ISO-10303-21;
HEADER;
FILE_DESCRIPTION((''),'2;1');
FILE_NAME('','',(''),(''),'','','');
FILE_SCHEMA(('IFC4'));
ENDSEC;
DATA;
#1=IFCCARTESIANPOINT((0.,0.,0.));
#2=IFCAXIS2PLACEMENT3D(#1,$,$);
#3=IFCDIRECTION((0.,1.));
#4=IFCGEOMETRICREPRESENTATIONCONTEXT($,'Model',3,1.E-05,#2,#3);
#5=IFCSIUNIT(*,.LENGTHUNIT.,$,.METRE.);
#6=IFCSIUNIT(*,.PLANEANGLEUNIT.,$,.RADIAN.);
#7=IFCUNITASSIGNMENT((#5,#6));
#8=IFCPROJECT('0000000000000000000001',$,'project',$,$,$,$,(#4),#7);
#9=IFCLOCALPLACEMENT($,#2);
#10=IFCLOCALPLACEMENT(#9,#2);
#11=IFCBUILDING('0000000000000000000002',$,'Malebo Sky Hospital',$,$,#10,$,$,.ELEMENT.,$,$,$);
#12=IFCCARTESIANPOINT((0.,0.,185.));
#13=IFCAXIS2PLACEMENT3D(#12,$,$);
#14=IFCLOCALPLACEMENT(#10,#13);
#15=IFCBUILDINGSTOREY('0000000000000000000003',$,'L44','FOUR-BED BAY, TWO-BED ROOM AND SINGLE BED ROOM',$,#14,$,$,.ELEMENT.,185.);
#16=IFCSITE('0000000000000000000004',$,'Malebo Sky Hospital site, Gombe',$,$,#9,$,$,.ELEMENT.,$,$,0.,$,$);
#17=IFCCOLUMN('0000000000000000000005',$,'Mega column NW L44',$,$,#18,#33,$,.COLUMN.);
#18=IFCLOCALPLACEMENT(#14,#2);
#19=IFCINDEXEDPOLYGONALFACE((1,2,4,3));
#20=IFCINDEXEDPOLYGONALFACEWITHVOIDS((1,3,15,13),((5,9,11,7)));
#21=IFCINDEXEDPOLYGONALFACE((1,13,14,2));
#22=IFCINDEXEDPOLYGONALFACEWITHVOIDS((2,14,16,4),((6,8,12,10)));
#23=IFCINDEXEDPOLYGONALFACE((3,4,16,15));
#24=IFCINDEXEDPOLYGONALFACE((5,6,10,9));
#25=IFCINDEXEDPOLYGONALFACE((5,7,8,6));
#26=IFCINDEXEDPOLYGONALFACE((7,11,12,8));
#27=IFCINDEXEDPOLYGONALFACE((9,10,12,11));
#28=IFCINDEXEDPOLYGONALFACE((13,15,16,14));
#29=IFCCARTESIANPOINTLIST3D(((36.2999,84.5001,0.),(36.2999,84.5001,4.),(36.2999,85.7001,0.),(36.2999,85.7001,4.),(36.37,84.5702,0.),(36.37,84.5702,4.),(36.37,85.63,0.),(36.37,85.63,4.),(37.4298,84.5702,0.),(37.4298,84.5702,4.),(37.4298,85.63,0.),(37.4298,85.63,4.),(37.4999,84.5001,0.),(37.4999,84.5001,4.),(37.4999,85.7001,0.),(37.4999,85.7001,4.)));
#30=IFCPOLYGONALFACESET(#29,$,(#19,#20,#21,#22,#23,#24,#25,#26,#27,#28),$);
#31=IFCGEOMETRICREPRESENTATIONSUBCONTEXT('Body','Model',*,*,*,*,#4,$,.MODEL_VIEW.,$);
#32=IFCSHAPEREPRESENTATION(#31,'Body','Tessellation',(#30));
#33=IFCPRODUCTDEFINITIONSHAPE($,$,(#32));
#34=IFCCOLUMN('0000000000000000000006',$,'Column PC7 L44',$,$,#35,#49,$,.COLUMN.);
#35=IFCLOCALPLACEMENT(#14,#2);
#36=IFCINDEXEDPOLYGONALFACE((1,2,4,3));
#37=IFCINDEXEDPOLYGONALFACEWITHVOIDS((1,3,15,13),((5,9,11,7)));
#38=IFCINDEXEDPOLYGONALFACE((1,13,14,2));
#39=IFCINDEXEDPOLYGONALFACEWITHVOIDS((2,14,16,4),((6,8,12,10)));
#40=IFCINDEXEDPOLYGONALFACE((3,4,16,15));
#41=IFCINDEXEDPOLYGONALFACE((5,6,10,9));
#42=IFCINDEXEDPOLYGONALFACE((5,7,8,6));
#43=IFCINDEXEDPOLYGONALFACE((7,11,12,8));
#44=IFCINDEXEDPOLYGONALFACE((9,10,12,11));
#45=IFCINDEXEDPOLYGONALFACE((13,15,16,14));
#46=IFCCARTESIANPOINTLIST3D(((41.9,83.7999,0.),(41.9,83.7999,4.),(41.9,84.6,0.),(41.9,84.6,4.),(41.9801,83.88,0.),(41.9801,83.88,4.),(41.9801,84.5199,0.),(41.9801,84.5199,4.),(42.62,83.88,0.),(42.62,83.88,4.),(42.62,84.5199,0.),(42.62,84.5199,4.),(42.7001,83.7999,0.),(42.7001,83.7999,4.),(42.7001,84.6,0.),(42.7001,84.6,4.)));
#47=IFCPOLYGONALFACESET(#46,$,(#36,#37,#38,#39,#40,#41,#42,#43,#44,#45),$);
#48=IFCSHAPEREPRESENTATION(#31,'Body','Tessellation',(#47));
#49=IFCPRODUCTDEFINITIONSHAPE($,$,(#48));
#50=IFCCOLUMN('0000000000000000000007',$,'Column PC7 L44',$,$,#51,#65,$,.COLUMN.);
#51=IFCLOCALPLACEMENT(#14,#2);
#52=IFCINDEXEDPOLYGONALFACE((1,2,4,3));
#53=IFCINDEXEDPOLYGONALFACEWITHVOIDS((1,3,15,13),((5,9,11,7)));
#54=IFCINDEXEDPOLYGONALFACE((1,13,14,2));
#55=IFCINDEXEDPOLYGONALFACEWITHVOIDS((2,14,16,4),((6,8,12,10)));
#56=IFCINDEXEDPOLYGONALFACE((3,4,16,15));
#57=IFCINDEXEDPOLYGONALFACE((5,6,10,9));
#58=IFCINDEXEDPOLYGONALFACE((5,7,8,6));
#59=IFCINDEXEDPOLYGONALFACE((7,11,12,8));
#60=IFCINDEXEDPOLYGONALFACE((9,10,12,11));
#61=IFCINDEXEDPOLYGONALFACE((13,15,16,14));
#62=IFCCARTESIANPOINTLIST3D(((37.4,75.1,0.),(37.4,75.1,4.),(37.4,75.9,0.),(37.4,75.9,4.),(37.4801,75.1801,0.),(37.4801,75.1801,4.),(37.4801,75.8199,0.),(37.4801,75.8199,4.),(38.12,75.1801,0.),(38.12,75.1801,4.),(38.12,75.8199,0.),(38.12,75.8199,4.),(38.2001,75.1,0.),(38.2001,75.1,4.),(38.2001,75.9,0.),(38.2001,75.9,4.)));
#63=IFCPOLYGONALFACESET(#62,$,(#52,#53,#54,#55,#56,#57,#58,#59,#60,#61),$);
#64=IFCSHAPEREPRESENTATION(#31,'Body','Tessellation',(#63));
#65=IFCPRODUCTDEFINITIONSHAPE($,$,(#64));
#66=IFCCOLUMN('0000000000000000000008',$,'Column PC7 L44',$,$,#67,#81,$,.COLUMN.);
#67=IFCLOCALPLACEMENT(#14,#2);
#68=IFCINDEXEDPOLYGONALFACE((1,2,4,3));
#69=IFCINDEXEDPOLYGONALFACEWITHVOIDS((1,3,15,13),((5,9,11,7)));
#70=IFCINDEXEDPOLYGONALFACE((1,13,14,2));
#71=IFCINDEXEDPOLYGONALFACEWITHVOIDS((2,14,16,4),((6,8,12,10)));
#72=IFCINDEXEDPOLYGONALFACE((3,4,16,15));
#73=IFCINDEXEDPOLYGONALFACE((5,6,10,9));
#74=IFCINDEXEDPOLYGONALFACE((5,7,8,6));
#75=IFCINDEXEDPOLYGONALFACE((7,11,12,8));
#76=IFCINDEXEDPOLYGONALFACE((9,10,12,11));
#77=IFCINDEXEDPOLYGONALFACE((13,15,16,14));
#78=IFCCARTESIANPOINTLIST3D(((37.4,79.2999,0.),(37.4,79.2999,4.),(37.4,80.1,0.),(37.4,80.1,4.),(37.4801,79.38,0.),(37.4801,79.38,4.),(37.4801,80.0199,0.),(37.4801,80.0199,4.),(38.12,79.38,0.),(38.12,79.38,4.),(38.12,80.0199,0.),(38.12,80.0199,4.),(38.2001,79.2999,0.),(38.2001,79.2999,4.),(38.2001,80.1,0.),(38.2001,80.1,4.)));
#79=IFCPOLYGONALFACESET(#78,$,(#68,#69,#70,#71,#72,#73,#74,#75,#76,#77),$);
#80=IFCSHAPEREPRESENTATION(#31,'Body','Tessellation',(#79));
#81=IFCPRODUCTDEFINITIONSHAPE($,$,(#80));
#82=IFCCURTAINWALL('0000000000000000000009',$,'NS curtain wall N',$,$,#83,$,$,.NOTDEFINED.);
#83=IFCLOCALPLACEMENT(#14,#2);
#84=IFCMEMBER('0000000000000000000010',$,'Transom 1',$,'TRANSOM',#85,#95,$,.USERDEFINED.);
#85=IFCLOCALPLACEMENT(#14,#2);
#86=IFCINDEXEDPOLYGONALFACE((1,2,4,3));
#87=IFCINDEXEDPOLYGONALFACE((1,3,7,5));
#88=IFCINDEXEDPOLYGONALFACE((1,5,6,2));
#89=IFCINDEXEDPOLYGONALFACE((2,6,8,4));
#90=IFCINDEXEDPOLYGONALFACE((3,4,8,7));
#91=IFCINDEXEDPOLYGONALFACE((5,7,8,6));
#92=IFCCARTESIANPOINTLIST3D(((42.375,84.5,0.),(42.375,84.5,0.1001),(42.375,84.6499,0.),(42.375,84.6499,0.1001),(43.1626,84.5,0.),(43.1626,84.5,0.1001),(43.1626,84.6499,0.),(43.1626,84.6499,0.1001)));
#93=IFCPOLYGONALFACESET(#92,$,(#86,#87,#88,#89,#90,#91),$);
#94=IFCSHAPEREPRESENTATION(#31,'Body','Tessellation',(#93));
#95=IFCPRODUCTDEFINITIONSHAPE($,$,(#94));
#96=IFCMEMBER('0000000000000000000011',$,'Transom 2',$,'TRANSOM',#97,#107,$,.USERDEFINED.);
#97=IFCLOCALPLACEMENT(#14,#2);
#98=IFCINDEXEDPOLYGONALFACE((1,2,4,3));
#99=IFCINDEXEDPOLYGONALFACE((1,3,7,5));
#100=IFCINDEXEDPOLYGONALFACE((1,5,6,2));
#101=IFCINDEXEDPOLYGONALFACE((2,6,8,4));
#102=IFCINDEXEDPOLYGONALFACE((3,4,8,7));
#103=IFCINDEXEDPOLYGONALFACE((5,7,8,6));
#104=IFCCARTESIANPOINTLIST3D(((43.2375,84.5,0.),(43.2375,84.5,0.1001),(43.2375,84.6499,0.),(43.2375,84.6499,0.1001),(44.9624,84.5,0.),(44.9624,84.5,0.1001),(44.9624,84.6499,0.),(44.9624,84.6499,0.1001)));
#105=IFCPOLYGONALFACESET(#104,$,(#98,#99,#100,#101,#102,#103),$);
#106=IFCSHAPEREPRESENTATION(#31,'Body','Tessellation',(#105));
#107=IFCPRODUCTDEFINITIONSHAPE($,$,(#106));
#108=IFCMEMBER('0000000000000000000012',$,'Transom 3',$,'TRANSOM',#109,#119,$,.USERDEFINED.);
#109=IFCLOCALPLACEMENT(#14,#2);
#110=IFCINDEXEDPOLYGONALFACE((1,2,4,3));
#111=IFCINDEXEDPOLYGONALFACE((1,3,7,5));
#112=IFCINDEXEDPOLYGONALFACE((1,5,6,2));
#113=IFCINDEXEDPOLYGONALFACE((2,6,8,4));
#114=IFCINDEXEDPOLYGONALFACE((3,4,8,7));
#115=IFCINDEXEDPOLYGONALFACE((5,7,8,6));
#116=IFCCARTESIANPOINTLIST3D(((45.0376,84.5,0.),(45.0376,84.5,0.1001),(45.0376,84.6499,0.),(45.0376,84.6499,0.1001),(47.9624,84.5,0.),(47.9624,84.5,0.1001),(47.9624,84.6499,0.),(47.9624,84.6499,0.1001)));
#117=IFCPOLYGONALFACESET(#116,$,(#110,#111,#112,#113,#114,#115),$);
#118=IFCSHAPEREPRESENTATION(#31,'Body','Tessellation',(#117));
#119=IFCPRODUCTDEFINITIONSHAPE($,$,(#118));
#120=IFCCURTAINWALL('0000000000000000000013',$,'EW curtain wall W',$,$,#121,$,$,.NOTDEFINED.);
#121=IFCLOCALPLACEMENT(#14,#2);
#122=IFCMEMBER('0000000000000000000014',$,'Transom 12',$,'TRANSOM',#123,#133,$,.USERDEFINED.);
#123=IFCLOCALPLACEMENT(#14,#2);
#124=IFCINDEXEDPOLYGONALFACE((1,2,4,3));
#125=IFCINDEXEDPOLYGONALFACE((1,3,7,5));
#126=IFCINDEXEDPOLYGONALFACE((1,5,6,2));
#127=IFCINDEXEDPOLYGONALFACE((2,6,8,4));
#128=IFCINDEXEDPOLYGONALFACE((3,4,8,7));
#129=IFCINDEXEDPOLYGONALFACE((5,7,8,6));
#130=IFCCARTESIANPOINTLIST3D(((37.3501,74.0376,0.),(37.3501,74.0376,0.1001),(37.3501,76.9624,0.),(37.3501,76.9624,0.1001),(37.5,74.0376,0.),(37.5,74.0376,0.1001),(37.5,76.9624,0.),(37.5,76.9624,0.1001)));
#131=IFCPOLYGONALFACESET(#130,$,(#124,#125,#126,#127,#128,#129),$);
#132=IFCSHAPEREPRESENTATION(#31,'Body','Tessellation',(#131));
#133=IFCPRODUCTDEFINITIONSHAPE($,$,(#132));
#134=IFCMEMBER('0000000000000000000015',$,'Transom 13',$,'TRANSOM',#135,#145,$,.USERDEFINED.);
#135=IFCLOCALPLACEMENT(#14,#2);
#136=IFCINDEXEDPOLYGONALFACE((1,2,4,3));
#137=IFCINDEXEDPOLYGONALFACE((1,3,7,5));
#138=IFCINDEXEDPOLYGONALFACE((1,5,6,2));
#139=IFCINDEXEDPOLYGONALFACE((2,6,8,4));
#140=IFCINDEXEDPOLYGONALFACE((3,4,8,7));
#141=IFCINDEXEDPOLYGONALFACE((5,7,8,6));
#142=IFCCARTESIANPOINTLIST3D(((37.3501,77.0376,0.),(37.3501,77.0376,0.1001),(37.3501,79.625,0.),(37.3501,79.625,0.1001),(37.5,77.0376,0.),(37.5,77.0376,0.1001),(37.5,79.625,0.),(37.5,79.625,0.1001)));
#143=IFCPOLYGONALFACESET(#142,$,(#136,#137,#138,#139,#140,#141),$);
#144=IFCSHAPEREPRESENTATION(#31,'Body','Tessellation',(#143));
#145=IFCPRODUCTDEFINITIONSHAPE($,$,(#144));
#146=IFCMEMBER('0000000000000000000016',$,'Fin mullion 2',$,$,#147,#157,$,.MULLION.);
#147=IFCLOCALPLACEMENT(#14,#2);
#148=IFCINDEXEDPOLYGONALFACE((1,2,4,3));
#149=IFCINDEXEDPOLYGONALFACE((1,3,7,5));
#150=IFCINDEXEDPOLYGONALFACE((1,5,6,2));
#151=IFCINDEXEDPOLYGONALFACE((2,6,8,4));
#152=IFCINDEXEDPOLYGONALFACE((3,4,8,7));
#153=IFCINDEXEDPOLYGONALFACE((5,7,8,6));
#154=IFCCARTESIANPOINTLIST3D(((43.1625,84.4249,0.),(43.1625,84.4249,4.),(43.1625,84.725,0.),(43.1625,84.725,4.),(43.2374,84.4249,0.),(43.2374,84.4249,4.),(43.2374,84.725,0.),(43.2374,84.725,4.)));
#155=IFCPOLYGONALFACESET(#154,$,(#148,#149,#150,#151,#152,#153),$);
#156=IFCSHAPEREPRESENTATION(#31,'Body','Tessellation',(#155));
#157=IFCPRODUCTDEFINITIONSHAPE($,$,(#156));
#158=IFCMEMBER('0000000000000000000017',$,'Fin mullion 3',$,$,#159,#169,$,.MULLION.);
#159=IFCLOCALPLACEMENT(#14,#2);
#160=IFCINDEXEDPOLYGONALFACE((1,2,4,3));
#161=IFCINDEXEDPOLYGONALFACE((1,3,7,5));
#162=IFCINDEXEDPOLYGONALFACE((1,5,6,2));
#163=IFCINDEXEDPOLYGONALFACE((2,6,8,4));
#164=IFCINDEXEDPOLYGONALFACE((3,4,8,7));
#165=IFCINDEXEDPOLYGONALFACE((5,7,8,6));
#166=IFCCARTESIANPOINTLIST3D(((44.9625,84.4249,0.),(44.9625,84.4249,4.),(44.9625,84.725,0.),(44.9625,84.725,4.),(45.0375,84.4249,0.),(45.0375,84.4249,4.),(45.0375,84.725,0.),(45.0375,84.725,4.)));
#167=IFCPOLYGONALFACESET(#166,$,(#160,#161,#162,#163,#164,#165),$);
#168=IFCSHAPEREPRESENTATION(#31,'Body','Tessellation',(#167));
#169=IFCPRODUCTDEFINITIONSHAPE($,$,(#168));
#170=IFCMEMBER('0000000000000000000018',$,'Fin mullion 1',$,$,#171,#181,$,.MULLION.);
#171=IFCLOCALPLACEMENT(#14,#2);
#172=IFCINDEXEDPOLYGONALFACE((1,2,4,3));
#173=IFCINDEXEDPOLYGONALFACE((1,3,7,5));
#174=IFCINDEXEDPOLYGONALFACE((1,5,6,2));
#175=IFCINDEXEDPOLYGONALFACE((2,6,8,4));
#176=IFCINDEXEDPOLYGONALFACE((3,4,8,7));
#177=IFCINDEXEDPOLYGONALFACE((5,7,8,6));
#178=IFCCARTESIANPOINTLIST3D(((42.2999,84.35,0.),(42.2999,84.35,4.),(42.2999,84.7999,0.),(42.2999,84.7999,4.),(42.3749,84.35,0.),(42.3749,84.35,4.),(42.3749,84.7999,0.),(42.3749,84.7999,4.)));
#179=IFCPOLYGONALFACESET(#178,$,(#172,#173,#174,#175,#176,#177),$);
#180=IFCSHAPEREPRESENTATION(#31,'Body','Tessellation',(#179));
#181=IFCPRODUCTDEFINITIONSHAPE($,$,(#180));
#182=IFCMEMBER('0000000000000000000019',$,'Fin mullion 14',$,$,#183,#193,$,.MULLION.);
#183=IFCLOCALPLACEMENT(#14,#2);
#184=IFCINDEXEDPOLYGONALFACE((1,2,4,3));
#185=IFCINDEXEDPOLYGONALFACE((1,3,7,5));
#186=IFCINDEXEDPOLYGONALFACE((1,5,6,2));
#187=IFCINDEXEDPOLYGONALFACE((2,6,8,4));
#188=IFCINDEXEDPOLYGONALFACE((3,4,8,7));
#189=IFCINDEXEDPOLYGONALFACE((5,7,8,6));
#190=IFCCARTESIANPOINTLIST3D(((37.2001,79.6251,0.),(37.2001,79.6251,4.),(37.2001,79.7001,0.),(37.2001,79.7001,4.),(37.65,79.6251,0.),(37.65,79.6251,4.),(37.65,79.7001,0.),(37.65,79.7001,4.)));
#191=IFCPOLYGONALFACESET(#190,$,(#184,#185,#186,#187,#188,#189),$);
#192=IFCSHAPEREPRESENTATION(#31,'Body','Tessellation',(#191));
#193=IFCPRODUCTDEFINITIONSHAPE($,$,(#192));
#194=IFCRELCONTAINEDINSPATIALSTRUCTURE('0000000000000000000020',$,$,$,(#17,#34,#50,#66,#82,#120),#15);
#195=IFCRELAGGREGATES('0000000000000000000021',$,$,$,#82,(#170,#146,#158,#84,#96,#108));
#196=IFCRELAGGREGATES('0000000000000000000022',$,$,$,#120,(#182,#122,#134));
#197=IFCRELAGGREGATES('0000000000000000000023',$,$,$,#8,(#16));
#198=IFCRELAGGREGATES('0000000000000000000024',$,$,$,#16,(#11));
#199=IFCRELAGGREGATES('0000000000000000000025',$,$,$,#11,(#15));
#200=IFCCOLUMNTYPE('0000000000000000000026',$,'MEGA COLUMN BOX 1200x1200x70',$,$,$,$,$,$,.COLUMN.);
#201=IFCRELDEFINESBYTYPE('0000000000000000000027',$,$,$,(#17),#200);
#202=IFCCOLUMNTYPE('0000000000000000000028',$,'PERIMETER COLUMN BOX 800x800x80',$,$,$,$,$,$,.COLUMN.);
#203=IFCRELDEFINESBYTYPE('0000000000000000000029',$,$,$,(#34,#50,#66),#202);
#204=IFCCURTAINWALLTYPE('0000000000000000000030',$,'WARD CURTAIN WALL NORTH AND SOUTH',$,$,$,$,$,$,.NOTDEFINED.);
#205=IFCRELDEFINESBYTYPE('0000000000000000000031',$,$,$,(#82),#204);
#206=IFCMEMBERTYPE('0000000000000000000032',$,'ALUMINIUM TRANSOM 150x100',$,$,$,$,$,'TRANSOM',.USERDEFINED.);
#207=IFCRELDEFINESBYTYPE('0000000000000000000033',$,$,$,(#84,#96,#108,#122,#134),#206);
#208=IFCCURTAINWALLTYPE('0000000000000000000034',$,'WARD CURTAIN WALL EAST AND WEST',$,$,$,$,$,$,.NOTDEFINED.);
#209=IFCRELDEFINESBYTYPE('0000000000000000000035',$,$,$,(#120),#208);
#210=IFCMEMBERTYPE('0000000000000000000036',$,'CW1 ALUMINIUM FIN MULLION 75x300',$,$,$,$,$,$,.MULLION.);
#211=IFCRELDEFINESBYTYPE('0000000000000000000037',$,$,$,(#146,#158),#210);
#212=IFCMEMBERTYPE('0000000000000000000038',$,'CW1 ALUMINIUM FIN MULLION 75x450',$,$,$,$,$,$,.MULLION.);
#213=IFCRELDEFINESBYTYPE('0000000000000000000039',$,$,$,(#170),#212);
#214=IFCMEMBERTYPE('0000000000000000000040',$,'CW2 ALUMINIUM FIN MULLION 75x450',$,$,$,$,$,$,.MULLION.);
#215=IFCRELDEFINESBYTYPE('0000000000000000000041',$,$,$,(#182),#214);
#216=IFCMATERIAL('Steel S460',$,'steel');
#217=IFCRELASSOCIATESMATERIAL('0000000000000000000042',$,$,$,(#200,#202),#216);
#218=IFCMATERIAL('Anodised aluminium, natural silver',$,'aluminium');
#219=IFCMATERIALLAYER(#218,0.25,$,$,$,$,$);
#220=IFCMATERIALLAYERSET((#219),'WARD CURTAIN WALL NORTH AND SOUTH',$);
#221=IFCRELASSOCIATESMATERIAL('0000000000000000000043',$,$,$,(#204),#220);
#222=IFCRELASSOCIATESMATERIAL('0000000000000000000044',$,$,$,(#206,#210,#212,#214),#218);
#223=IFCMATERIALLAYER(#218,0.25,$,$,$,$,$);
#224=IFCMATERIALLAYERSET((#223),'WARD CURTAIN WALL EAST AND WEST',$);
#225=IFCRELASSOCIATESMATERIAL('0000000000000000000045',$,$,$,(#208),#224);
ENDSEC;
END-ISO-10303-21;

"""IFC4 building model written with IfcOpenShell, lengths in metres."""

from ifc_helpers import new_model, si_unit, direction, frame, origin, origin_2d, place, context, subcontext, project, spatial, rectangle, hollow_rectangle, extrude, material, layer, layer_set, material_profile, profile_set, type_object, element, aggregate, save


model = new_model("IFC4")

# Units and contexts
model_context = context("Model", 3, precision=1e-05, world=origin(), true_north=direction((0.0, 1.0)))
body_context = subcontext(model_context, "Body", "Model", "MODEL_VIEW")
ifc_project = project(units=[si_unit("LENGTHUNIT", "METRE"), si_unit("PLANEANGLEUNIT", "RADIAN")], contexts=[model_context])

# Site, building, storey
site_placement = place(None, origin())
site = spatial("IfcSite", under=ifc_project, at=site_placement, Name="Malebo Sky Hospital site, Gombe", CompositionType="ELEMENT", RefElevation=0.0)
building_placement = place(site_placement, origin())
building = spatial("IfcBuilding", under=site, at=building_placement, Name="Malebo Sky Hospital", CompositionType="ELEMENT")
storey_placement = place(building_placement, frame((0.0, 0.0, 185.0)))
storey = spatial("IfcBuildingStorey", under=building, at=storey_placement, Name="L44", Description="FOUR-BED BAY, TWO-BED ROOM AND SINGLE BED ROOM", CompositionType="ELEMENT", Elevation=185.0)

# Columns
ifc_material_1 = material(Name="Steel S460", Category="steel")
ifc_material_profile_1 = material_profile(ifc_material_1, hollow_rectangle(XDim=1.2, YDim=1.2, WallThickness=0.0701, at=origin_2d()), Name="BOX 1200x1200x70")
ifc_profile_set_1 = profile_set([ifc_material_profile_1], Name="Steel S460")
column_type_1 = type_object("IfcColumnType", Name="MEGA COLUMN BOX 1200x1200x70", PredefinedType="COLUMN", material=ifc_profile_set_1)
column_placement = place(storey_placement, frame((36.8999, 85.1001, 0.0), z_axis=(0.0, 0.0, 1.0), x_axis=(1.0, 0.0, 0.0)))
element("IfcColumn", 1, at=column_placement, inside=storey, type_object=column_type_1, Name="Mega column NW L44", PredefinedType="COLUMN", context=body_context, shape_type="SweptSolid", body=[
    extrude(hollow_rectangle(XDim=1.2, YDim=1.2, WallThickness=0.0701, at=origin_2d()), origin(), (0.0, 0.0, 1.0), 4.0),
])
ifc_material_profile_2 = material_profile(ifc_material_1, hollow_rectangle(XDim=0.8, YDim=0.8, WallThickness=0.0801, at=origin_2d()), Name="BOX 800x800x80")
ifc_profile_set_2 = profile_set([ifc_material_profile_2], Name="Steel S460")
column_type_2 = type_object("IfcColumnType", Name="PERIMETER COLUMN BOX 800x800x80", PredefinedType="COLUMN", material=ifc_profile_set_2)
for number, where, z_axis, x_axis, name in (
    (2, (42.3, 84.2, 0.0), (0.0, 0.0, 1.0), (1.0, 0.0, 0.0), "Column PC7 L44"),
    (3, (37.8, 75.5, 0.0), (0.0, 0.0, 1.0), (1.0, 0.0, 0.0), "Column PC7 L44"),
    (4, (37.8, 79.7, 0.0), (0.0, 0.0, 1.0), (1.0, 0.0, 0.0), "Column PC7 L44"),
):
    element("IfcColumn", number, at=place(storey_placement, frame(where, z_axis=z_axis, x_axis=x_axis)), inside=storey, type_object=column_type_2, Name=name, PredefinedType="COLUMN", context=body_context, shape_type="SweptSolid", body=[
        extrude(hollow_rectangle(XDim=0.8, YDim=0.8, WallThickness=0.0801, at=origin_2d()), origin(), (0.0, 0.0, 1.0), 4.0),
    ])

# Curtain walls, members
ifc_material_2 = material(Name="Anodised aluminium, natural silver", Category="aluminium")
ifc_layer_1 = layer(ifc_material_2, 0.25)
ifc_layer_set_1 = layer_set([ifc_layer_1], Name="WARD CURTAIN WALL NORTH AND SOUTH")
curtain_wall_type_1 = type_object("IfcCurtainWallType", Name="WARD CURTAIN WALL NORTH AND SOUTH", PredefinedType="NOTDEFINED", material=ifc_layer_set_1)
curtain_wall_1_placement = place(storey_placement, origin())
curtain_wall_1 = element("IfcCurtainWall", 5, at=curtain_wall_1_placement, inside=storey, type_object=curtain_wall_type_1, Name="NS curtain wall N", PredefinedType="NOTDEFINED")
ifc_material_profile_3 = material_profile(ifc_material_2, rectangle(XDim=0.1499, YDim=0.1001, at=origin_2d()), Name="ALUMINIUM TRANSOM 150x100")
ifc_profile_set_3 = profile_set([ifc_material_profile_3], Name="Anodised aluminium, natural silver")
member_type_1 = type_object("IfcMemberType", Name="ALUMINIUM TRANSOM 150x100", ElementType="TRANSOM", PredefinedType="USERDEFINED", material=ifc_profile_set_3)
member_1_placement = place(storey_placement, frame((42.375, 84.575, 0.05), z_axis=(1.0, 0.0, 0.0), x_axis=(0.0, 1.0, 0.0)))
member_1 = element("IfcMember", 6, at=member_1_placement, type_object=member_type_1, Name="Transom 1", ObjectType="TRANSOM", PredefinedType="USERDEFINED", context=body_context, shape_type="SweptSolid", body=[
    extrude(rectangle(XDim=0.1499, YDim=0.1001, at=origin_2d()), origin(), (0.0, 0.0, 1.0), 0.7876),
])
member_2_placement = place(storey_placement, frame((43.2375, 84.575, 0.05), z_axis=(1.0, 0.0, 0.0), x_axis=(0.0, 1.0, 0.0)))
member_2 = element("IfcMember", 7, at=member_2_placement, type_object=member_type_1, Name="Transom 2", ObjectType="TRANSOM", PredefinedType="USERDEFINED", context=body_context, shape_type="SweptSolid", body=[
    extrude(rectangle(XDim=0.1499, YDim=0.1001, at=origin_2d()), origin(), (0.0, 0.0, 1.0), 1.7249),
])
member_3_placement = place(storey_placement, frame((45.0376, 84.575, 0.05), z_axis=(1.0, 0.0, 0.0), x_axis=(0.0, 1.0, 0.0)))
member_3 = element("IfcMember", 8, at=member_3_placement, type_object=member_type_1, Name="Transom 3", ObjectType="TRANSOM", PredefinedType="USERDEFINED", context=body_context, shape_type="SweptSolid", body=[
    extrude(rectangle(XDim=0.1499, YDim=0.1001, at=origin_2d()), origin(), (0.0, 0.0, 1.0), 2.9248),
])
ifc_layer_2 = layer(ifc_material_2, 0.25)
ifc_layer_set_2 = layer_set([ifc_layer_2], Name="WARD CURTAIN WALL EAST AND WEST")
curtain_wall_type_2 = type_object("IfcCurtainWallType", Name="WARD CURTAIN WALL EAST AND WEST", PredefinedType="NOTDEFINED", material=ifc_layer_set_2)
curtain_wall_2_placement = place(storey_placement, origin())
curtain_wall_2 = element("IfcCurtainWall", 9, at=curtain_wall_2_placement, inside=storey, type_object=curtain_wall_type_2, Name="EW curtain wall W", PredefinedType="NOTDEFINED")
member_4_placement = place(storey_placement, frame((37.425, 74.0376, 0.05), z_axis=(0.0, 1.0, 0.0), x_axis=(-1.0, 0.0, 0.0)))
member_4 = element("IfcMember", 10, at=member_4_placement, type_object=member_type_1, Name="Transom 12", ObjectType="TRANSOM", PredefinedType="USERDEFINED", context=body_context, shape_type="SweptSolid", body=[
    extrude(rectangle(XDim=0.1499, YDim=0.1001, at=origin_2d()), origin(), (0.0, 0.0, 1.0), 2.9248),
])
member_5_placement = place(storey_placement, frame((37.425, 77.0376, 0.05), z_axis=(0.0, 1.0, 0.0), x_axis=(-1.0, 0.0, 0.0)))
member_5 = element("IfcMember", 11, at=member_5_placement, type_object=member_type_1, Name="Transom 13", ObjectType="TRANSOM", PredefinedType="USERDEFINED", context=body_context, shape_type="SweptSolid", body=[
    extrude(rectangle(XDim=0.1499, YDim=0.1001, at=origin_2d()), origin(), (0.0, 0.0, 1.0), 2.5874),
])

# Members
ifc_material_profile_4 = material_profile(ifc_material_2, rectangle(XDim=0.075, YDim=0.3, at=origin_2d()), Name="CW1 ALUMINIUM FIN MULLION 75x300")
ifc_profile_set_4 = profile_set([ifc_material_profile_4], Name="Anodised aluminium, natural silver")
member_type_2 = type_object("IfcMemberType", Name="CW1 ALUMINIUM FIN MULLION 75x300", PredefinedType="MULLION", material=ifc_profile_set_4)
member_6_placement = place(storey_placement, frame((43.2, 84.575, 0.0), z_axis=(0.0, 0.0, 1.0), x_axis=(1.0, 0.0, 0.0)))
member_6 = element("IfcMember", 12, at=member_6_placement, type_object=member_type_2, Name="Fin mullion 2", PredefinedType="MULLION", context=body_context, shape_type="SweptSolid", body=[
    extrude(rectangle(XDim=0.075, YDim=0.3, at=origin_2d()), origin(), (0.0, 0.0, 1.0), 4.0),
])
member_7_placement = place(storey_placement, frame((45.0, 84.575, 0.0), z_axis=(0.0, 0.0, 1.0), x_axis=(1.0, 0.0, 0.0)))
member_7 = element("IfcMember", 13, at=member_7_placement, type_object=member_type_2, Name="Fin mullion 3", PredefinedType="MULLION", context=body_context, shape_type="SweptSolid", body=[
    extrude(rectangle(XDim=0.075, YDim=0.3, at=origin_2d()), origin(), (0.0, 0.0, 1.0), 4.0),
])
ifc_material_profile_5 = material_profile(ifc_material_2, rectangle(XDim=0.075, YDim=0.45, at=origin_2d()), Name="CW1 ALUMINIUM FIN MULLION 75x450")
ifc_profile_set_5 = profile_set([ifc_material_profile_5], Name="Anodised aluminium, natural silver")
member_type_3 = type_object("IfcMemberType", Name="CW1 ALUMINIUM FIN MULLION 75x450", PredefinedType="MULLION", material=ifc_profile_set_5)
member_8_placement = place(storey_placement, frame((42.3374, 84.575, 0.0), z_axis=(0.0, 0.0, 1.0), x_axis=(1.0, 0.0, 0.0)))
member_8 = element("IfcMember", 14, at=member_8_placement, type_object=member_type_3, Name="Fin mullion 1", PredefinedType="MULLION", context=body_context, shape_type="SweptSolid", body=[
    extrude(rectangle(XDim=0.075, YDim=0.45, at=origin_2d()), origin(), (0.0, 0.0, 1.0), 4.0),
])
ifc_material_profile_6 = material_profile(ifc_material_2, rectangle(XDim=0.075, YDim=0.45, at=origin_2d()), Name="CW2 ALUMINIUM FIN MULLION 75x450")
ifc_profile_set_6 = profile_set([ifc_material_profile_6], Name="Anodised aluminium, natural silver")
member_type_4 = type_object("IfcMemberType", Name="CW2 ALUMINIUM FIN MULLION 75x450", PredefinedType="MULLION", material=ifc_profile_set_6)
member_9_placement = place(storey_placement, frame((37.425, 79.6626, 0.0), z_axis=(0.0, 0.0, 1.0), x_axis=(0.0, 1.0, 0.0)))
member_9 = element("IfcMember", 15, at=member_9_placement, type_object=member_type_4, Name="Fin mullion 14", PredefinedType="MULLION", context=body_context, shape_type="SweptSolid", body=[
    extrude(rectangle(XDim=0.075, YDim=0.45, at=origin_2d()), origin(), (0.0, 0.0, 1.0), 4.0),
])

aggregate(curtain_wall_1, [member_8, member_6, member_7, member_1, member_2, member_3])
aggregate(curtain_wall_2, [member_9, member_4, member_5])

save(model, "model.ifc")
